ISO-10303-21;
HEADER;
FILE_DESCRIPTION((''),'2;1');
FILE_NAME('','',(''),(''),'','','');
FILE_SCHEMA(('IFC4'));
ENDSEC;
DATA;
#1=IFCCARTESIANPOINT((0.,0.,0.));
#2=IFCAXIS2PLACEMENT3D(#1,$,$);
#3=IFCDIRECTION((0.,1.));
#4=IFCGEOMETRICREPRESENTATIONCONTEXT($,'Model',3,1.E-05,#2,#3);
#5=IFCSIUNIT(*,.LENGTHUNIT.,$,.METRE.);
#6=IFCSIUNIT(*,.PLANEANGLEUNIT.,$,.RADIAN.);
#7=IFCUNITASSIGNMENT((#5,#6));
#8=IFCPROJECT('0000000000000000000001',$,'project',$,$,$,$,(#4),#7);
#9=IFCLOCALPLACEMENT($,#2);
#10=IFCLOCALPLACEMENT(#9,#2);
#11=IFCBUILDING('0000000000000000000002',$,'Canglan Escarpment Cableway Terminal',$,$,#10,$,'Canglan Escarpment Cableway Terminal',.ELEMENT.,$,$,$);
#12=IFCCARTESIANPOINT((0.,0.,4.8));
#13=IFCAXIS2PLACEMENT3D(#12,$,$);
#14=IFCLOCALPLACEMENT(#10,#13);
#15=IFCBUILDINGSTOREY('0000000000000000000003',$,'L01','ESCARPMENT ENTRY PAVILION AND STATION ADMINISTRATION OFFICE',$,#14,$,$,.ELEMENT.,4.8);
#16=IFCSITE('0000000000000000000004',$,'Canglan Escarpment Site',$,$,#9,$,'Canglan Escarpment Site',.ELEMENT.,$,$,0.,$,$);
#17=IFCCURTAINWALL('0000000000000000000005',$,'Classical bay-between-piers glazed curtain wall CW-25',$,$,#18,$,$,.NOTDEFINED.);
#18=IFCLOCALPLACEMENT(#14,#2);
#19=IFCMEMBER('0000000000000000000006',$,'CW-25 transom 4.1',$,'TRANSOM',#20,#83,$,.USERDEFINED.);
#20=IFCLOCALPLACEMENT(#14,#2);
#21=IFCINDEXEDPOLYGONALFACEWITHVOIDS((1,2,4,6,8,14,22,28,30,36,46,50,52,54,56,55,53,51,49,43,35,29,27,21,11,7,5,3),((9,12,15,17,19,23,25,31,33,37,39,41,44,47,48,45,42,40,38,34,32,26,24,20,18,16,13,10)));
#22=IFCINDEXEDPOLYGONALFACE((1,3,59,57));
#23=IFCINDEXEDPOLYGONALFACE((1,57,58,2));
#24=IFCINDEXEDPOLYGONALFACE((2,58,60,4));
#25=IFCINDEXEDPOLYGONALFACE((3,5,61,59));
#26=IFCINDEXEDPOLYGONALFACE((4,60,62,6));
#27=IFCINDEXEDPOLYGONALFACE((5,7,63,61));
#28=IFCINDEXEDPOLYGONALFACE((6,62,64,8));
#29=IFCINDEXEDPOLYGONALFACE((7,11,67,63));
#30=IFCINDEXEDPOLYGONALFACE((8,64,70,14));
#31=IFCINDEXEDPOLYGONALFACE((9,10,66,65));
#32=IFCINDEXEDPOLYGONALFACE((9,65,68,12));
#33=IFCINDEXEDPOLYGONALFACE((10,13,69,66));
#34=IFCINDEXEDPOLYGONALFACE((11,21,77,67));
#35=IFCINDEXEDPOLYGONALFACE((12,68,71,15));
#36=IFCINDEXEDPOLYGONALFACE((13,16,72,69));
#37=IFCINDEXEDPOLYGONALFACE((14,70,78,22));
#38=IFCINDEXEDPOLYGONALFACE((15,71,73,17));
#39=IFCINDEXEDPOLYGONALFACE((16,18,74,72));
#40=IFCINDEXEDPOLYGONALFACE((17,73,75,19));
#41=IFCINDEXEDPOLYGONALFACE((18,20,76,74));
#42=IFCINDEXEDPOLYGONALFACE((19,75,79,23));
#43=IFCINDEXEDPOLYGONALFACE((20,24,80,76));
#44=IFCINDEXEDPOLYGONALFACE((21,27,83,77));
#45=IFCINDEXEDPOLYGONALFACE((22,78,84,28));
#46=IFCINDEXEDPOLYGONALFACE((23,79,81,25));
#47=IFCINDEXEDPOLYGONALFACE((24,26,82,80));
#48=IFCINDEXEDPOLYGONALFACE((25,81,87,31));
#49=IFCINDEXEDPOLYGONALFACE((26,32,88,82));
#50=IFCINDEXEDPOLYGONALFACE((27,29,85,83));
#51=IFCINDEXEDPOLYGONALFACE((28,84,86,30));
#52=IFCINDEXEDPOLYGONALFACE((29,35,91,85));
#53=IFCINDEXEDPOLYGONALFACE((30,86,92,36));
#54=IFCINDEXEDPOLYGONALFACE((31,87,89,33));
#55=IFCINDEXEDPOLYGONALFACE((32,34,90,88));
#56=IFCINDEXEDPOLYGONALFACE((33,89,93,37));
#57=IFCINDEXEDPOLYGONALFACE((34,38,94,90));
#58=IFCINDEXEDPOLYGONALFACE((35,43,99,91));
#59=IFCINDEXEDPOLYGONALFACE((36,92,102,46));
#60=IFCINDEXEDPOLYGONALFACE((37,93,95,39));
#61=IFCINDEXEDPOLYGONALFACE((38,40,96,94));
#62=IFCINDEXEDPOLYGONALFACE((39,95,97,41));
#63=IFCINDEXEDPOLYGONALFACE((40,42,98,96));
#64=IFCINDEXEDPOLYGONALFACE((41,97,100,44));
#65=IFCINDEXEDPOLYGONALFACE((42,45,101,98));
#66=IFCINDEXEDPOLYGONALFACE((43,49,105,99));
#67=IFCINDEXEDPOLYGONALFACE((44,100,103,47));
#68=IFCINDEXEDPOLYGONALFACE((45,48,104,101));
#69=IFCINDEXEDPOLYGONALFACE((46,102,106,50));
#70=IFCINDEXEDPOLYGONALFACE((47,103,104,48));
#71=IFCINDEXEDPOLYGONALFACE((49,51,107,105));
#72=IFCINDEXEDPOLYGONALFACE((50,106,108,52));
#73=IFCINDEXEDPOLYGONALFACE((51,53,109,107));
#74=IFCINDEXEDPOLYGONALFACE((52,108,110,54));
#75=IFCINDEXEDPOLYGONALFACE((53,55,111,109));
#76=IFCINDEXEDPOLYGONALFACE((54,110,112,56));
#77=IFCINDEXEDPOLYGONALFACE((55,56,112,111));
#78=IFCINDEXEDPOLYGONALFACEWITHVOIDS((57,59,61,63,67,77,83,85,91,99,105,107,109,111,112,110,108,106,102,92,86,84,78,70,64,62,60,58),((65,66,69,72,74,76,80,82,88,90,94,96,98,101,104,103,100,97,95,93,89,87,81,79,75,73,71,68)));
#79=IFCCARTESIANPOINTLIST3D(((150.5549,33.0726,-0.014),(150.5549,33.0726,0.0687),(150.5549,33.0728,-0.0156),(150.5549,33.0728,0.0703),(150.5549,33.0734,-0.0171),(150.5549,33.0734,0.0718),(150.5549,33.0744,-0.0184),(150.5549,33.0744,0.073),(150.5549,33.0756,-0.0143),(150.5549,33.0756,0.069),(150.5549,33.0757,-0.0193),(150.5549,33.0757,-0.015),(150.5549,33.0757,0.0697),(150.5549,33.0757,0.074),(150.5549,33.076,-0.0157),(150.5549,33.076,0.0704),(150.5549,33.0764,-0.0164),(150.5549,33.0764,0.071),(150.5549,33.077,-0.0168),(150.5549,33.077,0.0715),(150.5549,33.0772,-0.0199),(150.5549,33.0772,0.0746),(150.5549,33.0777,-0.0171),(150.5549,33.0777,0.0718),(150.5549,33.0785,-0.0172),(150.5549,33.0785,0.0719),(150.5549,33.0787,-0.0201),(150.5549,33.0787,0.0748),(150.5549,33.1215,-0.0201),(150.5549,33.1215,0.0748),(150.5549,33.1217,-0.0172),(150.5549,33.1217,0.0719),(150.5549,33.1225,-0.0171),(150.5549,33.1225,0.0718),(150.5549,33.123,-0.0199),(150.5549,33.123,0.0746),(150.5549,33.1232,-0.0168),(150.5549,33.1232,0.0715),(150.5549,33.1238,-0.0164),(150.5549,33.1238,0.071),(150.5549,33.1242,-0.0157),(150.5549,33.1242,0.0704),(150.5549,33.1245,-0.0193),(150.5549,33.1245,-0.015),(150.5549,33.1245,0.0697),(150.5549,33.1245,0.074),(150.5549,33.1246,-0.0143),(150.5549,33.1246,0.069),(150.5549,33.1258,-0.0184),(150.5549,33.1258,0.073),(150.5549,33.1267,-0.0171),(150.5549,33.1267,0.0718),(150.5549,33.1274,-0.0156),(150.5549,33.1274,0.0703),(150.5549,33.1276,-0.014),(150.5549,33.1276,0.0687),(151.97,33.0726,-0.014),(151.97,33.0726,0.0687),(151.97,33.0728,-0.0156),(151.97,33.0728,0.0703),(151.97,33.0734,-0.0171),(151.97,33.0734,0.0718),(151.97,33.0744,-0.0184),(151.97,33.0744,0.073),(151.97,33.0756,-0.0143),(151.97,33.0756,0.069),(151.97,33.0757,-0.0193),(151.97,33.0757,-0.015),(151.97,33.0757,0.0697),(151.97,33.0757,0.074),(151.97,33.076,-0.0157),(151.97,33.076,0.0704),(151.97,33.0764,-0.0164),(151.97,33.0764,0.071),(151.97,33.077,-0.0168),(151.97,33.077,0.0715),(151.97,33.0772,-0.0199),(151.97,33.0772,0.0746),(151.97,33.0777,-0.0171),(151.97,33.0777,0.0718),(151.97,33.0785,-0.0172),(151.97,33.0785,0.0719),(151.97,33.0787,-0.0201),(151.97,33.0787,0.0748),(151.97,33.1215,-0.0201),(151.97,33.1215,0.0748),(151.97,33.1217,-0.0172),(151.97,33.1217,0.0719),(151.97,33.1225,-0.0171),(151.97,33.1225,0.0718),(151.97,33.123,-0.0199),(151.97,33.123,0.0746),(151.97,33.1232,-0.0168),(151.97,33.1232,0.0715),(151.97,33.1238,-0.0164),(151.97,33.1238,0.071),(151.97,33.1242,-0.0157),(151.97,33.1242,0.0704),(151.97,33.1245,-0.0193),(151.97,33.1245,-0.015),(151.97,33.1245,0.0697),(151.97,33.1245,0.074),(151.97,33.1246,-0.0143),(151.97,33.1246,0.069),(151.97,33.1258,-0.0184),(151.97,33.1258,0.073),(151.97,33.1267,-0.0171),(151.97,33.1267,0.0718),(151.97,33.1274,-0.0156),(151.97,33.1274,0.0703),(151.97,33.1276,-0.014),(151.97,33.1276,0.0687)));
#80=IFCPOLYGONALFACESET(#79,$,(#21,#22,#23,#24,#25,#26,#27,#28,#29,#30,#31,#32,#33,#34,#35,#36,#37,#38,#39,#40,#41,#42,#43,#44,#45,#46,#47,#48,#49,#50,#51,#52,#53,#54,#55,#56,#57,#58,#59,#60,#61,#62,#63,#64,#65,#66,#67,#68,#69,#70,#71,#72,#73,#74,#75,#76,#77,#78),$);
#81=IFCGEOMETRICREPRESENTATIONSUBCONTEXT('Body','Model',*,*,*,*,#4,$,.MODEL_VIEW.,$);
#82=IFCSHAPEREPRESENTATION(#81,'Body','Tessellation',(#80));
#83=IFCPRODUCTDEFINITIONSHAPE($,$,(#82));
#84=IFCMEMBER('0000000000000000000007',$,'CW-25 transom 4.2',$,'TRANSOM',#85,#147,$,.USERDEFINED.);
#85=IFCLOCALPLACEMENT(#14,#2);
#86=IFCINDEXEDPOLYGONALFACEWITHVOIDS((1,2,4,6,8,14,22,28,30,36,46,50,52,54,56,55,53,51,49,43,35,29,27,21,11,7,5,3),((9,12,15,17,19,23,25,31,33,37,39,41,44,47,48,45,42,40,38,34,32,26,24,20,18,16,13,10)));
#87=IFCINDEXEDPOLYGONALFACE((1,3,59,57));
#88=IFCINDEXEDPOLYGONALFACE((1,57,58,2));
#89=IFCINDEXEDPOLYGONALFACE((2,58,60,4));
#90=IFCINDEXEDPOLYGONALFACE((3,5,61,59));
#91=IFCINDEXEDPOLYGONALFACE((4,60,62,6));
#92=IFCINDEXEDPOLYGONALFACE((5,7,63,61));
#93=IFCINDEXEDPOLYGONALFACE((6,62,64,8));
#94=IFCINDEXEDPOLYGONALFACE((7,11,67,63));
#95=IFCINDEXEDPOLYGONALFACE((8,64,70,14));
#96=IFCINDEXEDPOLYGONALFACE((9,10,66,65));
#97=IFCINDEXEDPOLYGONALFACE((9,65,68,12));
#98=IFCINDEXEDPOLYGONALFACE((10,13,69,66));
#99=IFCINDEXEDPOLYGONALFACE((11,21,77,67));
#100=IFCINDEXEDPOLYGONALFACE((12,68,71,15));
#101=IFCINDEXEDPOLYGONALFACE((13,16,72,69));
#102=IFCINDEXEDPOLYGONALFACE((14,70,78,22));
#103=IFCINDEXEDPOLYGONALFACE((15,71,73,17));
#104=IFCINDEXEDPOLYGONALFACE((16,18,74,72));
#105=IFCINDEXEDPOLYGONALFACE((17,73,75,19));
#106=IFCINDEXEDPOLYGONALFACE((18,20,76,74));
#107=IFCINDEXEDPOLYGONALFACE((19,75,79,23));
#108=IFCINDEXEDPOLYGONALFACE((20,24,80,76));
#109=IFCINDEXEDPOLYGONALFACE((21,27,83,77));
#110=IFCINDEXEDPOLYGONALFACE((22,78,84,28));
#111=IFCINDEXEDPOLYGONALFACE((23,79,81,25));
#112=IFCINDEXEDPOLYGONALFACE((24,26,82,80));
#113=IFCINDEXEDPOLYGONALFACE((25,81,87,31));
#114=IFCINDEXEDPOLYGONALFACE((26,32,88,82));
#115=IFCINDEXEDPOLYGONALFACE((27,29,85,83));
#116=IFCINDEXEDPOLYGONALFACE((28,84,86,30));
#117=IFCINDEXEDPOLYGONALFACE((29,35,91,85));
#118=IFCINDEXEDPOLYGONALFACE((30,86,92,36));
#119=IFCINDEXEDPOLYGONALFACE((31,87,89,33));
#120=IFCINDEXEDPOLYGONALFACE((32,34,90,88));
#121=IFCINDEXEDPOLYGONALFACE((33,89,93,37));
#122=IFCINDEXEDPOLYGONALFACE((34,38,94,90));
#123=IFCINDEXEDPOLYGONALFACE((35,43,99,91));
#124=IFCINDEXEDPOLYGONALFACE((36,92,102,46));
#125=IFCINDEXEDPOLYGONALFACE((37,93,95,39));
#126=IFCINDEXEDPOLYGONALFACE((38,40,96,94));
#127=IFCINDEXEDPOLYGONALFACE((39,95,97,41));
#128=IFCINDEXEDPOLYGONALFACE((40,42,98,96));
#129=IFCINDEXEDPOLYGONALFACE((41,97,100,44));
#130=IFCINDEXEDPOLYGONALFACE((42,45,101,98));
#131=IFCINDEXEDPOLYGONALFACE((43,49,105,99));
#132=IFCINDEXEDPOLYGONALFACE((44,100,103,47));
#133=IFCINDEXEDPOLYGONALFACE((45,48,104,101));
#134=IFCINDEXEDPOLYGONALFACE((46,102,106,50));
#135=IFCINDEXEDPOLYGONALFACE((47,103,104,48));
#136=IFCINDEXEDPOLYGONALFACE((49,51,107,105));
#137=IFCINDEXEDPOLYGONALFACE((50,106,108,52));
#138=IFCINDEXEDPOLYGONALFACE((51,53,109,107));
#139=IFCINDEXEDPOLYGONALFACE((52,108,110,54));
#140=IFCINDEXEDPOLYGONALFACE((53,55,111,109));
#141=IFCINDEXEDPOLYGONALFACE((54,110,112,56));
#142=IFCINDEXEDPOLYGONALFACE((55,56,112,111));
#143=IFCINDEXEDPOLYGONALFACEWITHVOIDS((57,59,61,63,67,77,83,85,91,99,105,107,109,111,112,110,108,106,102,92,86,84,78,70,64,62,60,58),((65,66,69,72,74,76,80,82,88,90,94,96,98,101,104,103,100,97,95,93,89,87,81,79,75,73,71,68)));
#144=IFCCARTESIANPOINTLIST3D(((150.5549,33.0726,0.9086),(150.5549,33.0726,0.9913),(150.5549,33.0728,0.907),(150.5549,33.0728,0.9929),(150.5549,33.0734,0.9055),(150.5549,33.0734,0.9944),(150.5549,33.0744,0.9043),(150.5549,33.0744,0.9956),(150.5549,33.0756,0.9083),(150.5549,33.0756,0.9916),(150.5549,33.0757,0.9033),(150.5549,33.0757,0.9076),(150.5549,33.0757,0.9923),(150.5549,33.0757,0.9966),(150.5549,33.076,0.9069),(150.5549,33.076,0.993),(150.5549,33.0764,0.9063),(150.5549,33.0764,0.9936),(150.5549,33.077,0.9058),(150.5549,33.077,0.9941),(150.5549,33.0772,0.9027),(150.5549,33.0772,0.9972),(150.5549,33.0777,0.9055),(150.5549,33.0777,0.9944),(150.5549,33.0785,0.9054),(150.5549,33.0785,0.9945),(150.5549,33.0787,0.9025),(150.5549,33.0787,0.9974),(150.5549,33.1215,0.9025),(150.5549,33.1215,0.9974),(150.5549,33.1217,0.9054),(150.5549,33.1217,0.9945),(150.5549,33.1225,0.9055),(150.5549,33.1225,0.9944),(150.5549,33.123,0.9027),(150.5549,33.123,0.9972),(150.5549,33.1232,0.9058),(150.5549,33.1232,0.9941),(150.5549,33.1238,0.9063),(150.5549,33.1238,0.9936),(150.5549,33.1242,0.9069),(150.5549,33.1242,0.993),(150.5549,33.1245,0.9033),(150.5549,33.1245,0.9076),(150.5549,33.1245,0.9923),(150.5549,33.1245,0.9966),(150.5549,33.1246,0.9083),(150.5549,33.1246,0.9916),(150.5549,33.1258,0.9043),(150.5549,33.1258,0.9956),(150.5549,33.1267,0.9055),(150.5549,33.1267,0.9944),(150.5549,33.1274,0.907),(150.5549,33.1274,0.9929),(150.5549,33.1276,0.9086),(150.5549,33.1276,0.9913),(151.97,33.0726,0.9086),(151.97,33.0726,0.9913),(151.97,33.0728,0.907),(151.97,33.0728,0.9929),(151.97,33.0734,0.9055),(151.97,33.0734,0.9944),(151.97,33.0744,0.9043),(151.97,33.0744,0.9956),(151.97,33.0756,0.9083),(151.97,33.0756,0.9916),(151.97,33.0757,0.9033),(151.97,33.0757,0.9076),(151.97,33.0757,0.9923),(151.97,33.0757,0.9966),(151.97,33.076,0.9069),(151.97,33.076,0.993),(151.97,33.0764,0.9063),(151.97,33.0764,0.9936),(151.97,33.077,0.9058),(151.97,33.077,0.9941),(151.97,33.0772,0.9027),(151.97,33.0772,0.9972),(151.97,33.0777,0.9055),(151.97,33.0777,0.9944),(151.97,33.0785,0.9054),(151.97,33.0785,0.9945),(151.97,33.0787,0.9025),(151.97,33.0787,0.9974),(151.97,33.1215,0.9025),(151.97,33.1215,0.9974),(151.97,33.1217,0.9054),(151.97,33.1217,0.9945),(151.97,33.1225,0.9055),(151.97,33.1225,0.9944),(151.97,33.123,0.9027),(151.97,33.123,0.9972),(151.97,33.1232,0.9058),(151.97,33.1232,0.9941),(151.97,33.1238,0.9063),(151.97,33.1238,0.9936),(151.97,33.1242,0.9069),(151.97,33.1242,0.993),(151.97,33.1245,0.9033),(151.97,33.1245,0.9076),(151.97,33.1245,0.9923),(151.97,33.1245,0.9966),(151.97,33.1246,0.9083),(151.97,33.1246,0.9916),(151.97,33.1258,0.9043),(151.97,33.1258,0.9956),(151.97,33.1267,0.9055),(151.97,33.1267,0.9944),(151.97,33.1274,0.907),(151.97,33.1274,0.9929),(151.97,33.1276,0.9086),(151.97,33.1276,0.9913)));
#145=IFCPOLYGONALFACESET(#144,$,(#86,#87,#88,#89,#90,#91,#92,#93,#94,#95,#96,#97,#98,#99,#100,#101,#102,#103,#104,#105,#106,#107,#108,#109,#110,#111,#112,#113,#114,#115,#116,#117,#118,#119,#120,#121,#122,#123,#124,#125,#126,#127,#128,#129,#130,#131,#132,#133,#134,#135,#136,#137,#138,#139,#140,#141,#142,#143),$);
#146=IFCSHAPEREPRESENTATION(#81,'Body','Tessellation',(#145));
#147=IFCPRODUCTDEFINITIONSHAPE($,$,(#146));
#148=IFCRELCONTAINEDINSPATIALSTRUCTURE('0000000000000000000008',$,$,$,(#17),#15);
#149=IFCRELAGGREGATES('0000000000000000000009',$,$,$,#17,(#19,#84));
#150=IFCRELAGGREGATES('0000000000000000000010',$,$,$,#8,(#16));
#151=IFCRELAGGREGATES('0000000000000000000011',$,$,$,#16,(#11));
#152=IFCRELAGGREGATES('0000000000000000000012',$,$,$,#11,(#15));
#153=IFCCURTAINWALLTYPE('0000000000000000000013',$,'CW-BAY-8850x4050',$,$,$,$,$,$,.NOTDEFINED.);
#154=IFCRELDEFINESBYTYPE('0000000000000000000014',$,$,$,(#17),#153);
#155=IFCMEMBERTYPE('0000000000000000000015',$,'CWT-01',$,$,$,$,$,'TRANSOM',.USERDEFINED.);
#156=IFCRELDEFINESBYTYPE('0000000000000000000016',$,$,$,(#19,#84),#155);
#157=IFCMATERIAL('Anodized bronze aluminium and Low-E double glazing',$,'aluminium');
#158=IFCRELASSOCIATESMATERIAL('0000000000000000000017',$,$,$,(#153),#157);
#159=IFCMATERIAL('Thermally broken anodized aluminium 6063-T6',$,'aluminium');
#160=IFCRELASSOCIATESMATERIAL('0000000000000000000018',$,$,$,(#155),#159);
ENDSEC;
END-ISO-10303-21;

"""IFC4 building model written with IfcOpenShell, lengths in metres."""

from ifc_helpers import new_model, si_unit, direction, frame, origin, origin_2d, place, context, subcontext, project, spatial, hollow_rectangle, extrude, material, material_profile, profile_set, type_object, element, aggregate, save


model = new_model("IFC4")

# Units and contexts
model_context = context("Model", 3, precision=1e-05, world=origin(), true_north=direction((0.0, 1.0)))
body_context = subcontext(model_context, "Body", "Model", "MODEL_VIEW")
ifc_project = project(units=[si_unit("LENGTHUNIT", "METRE"), si_unit("PLANEANGLEUNIT", "RADIAN")], contexts=[model_context])

# Site, building, storey
site_placement = place(None, origin())
site = spatial("IfcSite", under=ifc_project, at=site_placement, Name="Canglan Escarpment Site", LongName="Canglan Escarpment Site", CompositionType="ELEMENT", RefElevation=0.0)
building_placement = place(site_placement, origin())
building = spatial("IfcBuilding", under=site, at=building_placement, Name="Canglan Escarpment Cableway Terminal", LongName="Canglan Escarpment Cableway Terminal", CompositionType="ELEMENT")
storey_placement = place(building_placement, frame((0.0, 0.0, 4.8)))
storey = spatial("IfcBuildingStorey", under=building, at=storey_placement, Name="L01", Description="ESCARPMENT ENTRY PAVILION AND STATION ADMINISTRATION OFFICE", CompositionType="ELEMENT", Elevation=4.8)

# Curtain wall, members
ifc_material_1 = material(Name="Anodized bronze aluminium and Low-E double glazing", Category="aluminium")
curtain_wall_type = type_object("IfcCurtainWallType", Name="CW-BAY-8850x4050", PredefinedType="NOTDEFINED", material=ifc_material_1)
curtain_wall_placement = place(storey_placement, origin())
curtain_wall = element("IfcCurtainWall", 1, at=curtain_wall_placement, inside=storey, type_object=curtain_wall_type, Name="Classical bay-between-piers glazed curtain wall CW-25", PredefinedType="NOTDEFINED")
ifc_material_2 = material(Name="Thermally broken anodized aluminium 6063-T6", Category="aluminium")
ifc_material_profile_1 = material_profile(ifc_material_2, hollow_rectangle(XDim=0.0549, YDim=0.095, WallThickness=0.0029, InnerFilletRadius=0.0029, OuterFilletRadius=0.0061, at=origin_2d()), Name="ALU-TRAN 55x95x3")
ifc_profile_set_1 = profile_set([ifc_material_profile_1], Name="Thermally broken anodized aluminium 6063-T6")
member_type_1 = type_object("IfcMemberType", Name="CWT-01", ElementType="TRANSOM", PredefinedType="USERDEFINED", material=ifc_profile_set_1)
member_1_placement = place(storey_placement, frame((151.97, 33.1001, 0.0273), z_axis=(-1.0, 0.0, 0.0), x_axis=(0.0, -1.0, 0.0)))
member_1 = element("IfcMember", 2, at=member_1_placement, type_object=member_type_1, Name="CW-25 transom 4.1", ObjectType="TRANSOM", PredefinedType="USERDEFINED", context=body_context, shape_type="SweptSolid", body=[
    extrude(hollow_rectangle(XDim=0.0549, YDim=0.095, WallThickness=0.0029, InnerFilletRadius=0.0029, OuterFilletRadius=0.0061, at=origin_2d()), origin(), (0.0, 0.0, 1.0), 1.415),
])
member_2_placement = place(storey_placement, frame((151.97, 33.1001, 0.95), z_axis=(-1.0, 0.0, 0.0), x_axis=(0.0, -1.0, 0.0)))
member_2 = element("IfcMember", 3, at=member_2_placement, type_object=member_type_1, Name="CW-25 transom 4.2", ObjectType="TRANSOM", PredefinedType="USERDEFINED", context=body_context, shape_type="SweptSolid", body=[
    extrude(hollow_rectangle(XDim=0.0549, YDim=0.095, WallThickness=0.0029, InnerFilletRadius=0.0029, OuterFilletRadius=0.0061, at=origin_2d()), origin(), (0.0, 0.0, 1.0), 1.415),
])
aggregate(curtain_wall, [member_1, member_2])

save(model, "model.ifc")
